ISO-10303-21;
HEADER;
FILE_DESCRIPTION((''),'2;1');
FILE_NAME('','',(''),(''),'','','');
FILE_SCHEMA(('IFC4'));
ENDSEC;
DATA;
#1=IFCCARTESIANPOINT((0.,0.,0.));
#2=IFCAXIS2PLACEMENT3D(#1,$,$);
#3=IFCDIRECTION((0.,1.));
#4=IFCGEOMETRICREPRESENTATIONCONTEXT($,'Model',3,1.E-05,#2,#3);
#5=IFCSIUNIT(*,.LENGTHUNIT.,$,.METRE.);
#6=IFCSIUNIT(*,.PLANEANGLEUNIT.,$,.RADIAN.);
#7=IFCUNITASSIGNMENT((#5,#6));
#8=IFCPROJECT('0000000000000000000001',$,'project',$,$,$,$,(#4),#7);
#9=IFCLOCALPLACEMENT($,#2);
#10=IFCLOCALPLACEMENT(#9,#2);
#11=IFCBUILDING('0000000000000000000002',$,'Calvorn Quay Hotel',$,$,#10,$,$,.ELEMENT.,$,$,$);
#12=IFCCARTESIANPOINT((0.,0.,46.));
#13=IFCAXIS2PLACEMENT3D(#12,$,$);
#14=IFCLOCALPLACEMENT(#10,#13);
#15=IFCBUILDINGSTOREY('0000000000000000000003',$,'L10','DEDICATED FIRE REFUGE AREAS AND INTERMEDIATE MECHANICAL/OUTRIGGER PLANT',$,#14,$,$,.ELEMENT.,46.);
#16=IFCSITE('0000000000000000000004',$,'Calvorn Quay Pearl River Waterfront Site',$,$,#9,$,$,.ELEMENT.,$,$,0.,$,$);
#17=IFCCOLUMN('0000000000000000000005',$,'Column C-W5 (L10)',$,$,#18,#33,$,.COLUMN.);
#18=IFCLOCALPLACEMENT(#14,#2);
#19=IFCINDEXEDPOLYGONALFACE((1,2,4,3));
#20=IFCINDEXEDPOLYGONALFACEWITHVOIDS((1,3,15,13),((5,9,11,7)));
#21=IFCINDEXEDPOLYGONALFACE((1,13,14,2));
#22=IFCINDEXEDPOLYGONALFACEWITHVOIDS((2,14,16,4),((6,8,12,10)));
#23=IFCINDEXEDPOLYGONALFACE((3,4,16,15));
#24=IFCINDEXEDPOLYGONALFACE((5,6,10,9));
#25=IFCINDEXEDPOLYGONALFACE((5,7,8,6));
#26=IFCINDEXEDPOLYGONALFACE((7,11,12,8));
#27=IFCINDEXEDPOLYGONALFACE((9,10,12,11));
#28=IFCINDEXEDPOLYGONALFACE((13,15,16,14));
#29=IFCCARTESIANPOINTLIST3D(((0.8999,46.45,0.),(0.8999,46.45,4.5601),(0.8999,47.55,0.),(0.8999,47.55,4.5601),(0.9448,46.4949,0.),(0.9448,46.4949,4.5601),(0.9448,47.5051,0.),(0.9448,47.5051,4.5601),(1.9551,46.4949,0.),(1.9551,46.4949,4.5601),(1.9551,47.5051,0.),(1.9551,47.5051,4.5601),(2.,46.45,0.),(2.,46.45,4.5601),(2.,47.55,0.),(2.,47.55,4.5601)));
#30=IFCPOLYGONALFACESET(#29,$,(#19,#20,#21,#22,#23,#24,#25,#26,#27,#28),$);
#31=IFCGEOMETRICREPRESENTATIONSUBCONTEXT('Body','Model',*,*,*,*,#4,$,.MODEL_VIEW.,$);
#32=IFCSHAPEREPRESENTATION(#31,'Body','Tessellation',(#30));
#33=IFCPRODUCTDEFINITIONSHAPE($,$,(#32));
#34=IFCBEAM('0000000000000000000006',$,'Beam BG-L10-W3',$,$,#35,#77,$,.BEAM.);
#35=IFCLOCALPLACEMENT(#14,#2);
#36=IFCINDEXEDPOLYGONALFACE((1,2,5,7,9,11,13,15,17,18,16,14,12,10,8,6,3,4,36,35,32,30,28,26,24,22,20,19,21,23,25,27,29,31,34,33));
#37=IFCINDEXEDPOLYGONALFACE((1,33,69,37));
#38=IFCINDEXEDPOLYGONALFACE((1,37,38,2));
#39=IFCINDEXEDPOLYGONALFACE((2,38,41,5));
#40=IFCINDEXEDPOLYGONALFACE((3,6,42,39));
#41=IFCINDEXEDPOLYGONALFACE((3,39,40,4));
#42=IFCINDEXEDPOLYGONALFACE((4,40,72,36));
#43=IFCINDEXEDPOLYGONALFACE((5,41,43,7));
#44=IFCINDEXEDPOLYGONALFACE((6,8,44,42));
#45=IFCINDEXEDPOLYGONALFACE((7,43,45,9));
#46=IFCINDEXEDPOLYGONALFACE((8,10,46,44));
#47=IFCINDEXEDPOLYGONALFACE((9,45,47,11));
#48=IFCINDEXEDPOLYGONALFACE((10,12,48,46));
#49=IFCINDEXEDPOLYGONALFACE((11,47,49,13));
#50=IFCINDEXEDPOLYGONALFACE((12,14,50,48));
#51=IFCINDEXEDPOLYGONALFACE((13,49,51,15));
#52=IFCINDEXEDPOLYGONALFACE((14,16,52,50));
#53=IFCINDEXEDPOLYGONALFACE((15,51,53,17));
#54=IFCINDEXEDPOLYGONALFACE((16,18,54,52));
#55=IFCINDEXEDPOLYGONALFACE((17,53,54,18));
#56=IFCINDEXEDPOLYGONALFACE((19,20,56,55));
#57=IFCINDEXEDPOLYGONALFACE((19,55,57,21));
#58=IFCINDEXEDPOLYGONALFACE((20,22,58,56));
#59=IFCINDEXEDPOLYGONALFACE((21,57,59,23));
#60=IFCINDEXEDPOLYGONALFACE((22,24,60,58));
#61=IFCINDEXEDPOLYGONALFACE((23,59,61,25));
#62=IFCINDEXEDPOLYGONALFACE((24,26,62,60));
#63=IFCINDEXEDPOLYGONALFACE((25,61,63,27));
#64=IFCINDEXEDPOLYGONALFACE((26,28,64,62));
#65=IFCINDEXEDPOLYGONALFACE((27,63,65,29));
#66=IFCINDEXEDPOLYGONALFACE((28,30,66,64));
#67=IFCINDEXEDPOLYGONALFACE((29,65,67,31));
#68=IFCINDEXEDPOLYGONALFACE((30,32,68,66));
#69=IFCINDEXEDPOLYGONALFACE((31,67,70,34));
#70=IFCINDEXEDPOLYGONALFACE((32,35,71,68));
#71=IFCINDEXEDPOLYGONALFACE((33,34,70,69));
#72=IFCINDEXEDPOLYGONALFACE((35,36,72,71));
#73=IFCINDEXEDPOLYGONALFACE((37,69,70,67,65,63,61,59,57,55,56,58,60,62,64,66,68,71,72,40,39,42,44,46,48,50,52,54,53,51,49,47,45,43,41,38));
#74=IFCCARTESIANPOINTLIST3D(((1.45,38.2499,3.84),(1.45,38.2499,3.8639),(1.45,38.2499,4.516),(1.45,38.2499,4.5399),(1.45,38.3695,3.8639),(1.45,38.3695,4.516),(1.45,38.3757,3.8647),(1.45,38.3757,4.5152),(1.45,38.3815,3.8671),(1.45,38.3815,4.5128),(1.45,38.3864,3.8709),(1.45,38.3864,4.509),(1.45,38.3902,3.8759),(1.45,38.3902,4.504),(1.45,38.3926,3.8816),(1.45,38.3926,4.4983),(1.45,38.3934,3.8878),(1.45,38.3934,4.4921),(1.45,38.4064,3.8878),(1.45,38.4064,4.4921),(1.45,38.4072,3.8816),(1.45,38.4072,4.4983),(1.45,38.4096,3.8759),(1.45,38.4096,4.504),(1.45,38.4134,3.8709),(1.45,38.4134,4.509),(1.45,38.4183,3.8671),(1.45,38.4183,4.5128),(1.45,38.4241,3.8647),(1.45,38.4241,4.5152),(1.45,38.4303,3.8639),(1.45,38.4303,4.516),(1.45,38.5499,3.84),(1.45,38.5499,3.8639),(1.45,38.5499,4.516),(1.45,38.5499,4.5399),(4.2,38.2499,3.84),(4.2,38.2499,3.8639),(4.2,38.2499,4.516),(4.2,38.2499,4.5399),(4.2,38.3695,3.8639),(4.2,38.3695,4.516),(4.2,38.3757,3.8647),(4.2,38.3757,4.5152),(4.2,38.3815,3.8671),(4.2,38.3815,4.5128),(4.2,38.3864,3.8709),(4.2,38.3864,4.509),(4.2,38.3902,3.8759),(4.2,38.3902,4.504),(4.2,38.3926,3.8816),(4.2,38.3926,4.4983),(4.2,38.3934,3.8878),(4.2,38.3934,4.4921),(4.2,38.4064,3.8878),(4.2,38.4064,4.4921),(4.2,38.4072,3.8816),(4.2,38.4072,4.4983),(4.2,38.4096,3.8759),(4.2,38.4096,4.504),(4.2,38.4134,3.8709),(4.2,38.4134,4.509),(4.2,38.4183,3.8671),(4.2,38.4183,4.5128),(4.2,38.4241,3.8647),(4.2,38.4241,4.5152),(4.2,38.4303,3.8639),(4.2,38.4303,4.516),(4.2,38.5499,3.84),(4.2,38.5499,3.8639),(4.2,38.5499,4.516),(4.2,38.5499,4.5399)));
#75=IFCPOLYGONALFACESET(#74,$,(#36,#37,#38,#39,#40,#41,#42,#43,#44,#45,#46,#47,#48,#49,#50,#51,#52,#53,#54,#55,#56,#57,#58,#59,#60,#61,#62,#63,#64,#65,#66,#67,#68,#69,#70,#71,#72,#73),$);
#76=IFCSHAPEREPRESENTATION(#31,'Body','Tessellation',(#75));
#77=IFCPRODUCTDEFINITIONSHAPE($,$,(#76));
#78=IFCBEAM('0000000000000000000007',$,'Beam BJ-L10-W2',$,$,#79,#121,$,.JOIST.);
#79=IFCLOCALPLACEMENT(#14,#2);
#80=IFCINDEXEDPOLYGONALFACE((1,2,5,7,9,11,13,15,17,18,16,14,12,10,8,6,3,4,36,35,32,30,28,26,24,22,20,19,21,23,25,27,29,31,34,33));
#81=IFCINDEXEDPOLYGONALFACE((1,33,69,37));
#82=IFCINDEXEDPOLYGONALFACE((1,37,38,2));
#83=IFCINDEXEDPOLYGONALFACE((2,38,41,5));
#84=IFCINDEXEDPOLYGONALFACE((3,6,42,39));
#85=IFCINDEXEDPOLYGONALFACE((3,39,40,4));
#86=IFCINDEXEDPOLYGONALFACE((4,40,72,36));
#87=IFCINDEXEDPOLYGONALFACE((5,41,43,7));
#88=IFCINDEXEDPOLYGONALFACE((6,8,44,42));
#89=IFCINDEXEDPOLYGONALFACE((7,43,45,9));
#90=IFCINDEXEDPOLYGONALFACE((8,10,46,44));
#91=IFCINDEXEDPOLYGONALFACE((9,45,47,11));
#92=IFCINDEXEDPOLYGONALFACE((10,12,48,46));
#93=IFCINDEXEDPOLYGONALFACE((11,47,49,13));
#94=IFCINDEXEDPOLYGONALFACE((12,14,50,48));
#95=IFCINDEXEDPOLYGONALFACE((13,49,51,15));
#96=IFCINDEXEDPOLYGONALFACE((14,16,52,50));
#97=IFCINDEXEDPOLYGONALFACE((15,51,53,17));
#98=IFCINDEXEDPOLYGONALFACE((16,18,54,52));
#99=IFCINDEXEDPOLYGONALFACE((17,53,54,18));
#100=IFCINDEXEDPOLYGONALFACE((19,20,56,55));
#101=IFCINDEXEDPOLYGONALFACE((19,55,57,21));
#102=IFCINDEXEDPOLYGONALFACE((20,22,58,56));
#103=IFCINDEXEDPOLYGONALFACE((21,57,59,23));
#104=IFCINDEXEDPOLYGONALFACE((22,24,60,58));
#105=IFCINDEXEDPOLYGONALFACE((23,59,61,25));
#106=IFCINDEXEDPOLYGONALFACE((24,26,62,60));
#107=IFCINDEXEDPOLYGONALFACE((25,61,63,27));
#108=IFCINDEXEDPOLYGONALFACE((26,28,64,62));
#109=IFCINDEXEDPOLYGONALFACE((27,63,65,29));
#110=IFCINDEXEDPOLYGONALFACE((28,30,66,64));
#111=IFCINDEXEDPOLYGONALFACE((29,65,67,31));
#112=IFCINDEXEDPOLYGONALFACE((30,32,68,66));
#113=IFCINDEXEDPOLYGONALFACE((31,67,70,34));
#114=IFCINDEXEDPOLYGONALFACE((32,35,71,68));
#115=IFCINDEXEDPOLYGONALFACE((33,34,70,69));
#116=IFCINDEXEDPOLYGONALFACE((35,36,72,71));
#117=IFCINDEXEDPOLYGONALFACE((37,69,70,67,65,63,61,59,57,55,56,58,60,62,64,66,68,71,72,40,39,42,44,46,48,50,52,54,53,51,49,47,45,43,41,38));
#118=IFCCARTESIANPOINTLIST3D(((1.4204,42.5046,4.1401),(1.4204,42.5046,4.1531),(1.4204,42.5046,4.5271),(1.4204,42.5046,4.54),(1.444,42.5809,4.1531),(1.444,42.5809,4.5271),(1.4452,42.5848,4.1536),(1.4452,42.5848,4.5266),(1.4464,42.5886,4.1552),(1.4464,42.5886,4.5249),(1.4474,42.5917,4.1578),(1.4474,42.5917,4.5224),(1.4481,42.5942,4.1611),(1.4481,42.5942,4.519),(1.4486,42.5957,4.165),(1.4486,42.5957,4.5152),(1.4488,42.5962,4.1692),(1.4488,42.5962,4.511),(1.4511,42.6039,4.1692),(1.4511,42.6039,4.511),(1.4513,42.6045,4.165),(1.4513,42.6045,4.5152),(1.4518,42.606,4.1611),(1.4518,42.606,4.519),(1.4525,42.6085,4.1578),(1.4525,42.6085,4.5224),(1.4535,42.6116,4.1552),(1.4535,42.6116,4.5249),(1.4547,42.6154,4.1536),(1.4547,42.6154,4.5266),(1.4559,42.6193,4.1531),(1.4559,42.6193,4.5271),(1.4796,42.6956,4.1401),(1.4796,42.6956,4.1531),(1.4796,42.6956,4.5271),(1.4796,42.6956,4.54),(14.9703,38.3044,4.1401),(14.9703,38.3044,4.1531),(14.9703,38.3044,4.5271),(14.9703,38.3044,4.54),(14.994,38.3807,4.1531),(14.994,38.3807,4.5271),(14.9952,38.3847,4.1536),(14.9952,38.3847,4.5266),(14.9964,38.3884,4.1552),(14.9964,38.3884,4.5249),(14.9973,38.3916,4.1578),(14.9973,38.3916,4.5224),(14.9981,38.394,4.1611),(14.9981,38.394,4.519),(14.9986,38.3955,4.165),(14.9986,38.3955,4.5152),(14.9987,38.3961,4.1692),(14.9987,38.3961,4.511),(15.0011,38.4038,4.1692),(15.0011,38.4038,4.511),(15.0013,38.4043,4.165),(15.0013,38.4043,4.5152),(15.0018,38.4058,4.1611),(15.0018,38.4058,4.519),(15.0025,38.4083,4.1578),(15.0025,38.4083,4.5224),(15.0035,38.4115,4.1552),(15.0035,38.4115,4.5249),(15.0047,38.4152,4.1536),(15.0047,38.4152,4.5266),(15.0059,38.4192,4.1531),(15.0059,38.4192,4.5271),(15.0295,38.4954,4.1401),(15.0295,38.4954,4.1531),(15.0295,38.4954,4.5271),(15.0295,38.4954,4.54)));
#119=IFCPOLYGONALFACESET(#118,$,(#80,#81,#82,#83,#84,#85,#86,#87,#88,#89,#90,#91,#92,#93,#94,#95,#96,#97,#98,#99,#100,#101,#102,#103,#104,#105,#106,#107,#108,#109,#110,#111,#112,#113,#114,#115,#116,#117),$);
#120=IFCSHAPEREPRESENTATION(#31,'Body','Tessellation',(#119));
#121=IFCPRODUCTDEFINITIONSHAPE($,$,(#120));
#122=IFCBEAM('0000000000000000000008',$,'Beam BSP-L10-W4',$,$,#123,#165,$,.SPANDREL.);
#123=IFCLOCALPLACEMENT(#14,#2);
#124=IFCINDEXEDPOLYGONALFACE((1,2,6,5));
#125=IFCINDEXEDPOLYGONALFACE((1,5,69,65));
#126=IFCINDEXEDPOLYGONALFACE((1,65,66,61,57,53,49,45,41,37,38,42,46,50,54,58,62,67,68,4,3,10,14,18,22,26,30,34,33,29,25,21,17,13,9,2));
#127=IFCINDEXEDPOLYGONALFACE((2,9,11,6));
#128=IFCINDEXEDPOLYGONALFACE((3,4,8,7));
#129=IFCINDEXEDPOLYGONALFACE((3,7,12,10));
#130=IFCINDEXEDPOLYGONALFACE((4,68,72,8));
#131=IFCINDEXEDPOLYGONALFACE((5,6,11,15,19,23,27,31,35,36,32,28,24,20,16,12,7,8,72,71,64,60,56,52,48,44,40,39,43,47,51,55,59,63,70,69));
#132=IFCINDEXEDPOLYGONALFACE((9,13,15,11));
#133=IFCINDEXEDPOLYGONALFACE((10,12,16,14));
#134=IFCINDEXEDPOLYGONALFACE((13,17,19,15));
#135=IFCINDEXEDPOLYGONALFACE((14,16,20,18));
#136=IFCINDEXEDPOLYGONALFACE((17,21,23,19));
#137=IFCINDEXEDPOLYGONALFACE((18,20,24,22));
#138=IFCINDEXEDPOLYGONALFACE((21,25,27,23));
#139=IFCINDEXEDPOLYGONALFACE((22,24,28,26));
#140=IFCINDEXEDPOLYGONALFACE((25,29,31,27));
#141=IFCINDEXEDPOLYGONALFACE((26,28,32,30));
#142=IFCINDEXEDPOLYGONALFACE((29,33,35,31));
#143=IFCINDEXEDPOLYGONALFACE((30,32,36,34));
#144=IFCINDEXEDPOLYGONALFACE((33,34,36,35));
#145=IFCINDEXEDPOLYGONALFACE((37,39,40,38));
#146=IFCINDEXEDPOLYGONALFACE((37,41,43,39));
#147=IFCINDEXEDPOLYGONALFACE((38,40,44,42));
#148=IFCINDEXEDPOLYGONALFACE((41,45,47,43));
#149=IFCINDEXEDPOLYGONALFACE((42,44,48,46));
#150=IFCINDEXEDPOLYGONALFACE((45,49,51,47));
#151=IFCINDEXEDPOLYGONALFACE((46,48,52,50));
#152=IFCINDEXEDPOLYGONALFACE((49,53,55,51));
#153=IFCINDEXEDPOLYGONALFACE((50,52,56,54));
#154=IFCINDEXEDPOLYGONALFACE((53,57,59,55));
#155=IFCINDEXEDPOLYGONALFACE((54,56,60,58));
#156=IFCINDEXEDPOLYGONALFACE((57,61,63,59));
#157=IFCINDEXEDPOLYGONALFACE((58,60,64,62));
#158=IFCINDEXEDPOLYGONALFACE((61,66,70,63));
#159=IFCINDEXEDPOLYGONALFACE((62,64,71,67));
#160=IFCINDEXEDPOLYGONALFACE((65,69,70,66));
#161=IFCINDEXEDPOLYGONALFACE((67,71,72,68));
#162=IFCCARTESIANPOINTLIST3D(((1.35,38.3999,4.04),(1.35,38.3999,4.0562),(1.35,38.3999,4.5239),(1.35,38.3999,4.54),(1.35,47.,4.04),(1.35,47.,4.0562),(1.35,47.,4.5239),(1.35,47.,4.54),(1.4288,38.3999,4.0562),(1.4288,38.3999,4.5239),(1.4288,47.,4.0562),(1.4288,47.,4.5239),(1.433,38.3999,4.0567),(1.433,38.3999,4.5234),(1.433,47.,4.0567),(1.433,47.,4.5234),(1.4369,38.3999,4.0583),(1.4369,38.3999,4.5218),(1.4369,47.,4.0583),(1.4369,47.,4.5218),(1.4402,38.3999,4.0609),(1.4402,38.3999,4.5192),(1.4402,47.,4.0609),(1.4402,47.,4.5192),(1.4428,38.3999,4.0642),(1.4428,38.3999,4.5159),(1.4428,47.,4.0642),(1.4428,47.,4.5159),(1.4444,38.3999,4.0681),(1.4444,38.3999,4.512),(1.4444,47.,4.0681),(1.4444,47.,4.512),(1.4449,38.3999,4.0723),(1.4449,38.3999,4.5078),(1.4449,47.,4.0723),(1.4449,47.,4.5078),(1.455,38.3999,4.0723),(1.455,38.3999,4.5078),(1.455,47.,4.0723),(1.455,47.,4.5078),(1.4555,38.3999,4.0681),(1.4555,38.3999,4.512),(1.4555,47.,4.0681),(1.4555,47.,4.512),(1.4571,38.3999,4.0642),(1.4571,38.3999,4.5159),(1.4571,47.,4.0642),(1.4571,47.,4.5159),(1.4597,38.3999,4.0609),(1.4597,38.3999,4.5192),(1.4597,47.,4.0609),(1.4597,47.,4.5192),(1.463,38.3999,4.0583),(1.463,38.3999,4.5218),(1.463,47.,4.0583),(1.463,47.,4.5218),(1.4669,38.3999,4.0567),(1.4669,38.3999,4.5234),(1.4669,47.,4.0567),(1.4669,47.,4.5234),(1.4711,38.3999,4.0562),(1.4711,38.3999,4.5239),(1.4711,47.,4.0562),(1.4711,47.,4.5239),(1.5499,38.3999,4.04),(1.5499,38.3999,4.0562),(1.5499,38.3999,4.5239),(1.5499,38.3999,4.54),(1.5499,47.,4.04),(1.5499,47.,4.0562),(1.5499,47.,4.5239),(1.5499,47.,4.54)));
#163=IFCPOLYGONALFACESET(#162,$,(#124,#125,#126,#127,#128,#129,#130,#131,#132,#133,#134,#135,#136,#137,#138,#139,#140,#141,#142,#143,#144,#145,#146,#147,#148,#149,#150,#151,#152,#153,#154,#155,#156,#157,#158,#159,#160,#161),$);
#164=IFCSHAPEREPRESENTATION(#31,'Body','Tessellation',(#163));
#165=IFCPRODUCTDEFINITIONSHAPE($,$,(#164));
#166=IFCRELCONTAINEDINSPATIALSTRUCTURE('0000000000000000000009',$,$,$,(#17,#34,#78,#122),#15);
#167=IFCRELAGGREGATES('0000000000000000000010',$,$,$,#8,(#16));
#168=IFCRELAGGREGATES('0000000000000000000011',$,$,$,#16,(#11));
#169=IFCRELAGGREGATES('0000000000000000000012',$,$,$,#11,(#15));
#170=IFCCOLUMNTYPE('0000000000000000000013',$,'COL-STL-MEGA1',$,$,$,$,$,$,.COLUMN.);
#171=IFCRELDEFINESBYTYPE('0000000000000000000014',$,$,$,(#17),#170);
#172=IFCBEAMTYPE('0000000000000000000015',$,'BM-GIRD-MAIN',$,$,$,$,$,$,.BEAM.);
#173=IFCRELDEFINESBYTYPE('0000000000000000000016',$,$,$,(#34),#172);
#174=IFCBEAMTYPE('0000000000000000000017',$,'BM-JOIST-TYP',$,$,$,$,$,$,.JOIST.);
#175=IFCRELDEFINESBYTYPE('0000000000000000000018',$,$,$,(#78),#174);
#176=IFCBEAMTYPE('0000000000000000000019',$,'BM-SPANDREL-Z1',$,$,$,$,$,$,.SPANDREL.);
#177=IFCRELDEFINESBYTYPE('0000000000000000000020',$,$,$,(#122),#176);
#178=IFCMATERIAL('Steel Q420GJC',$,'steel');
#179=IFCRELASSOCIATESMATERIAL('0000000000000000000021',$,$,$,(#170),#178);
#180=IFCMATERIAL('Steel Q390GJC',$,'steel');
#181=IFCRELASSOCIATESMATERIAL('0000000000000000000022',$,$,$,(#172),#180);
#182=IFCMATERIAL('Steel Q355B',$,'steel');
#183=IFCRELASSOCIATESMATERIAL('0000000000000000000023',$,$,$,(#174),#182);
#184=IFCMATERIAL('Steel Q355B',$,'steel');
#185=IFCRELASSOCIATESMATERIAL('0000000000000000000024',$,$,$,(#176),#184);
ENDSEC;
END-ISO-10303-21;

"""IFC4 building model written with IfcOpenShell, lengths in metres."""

from ifc_helpers import new_model, si_unit, direction, frame, origin, origin_2d, place, context, subcontext, project, spatial, hollow_rectangle, i_section, extrude, material, material_profile, profile_set, type_object, element, save


model = new_model("IFC4")

# Units and contexts
model_context = context("Model", 3, precision=1e-05, world=origin(), true_north=direction((0.0, 1.0)))
body_context = subcontext(model_context, "Body", "Model", "MODEL_VIEW")
ifc_project = project(units=[si_unit("LENGTHUNIT", "METRE"), si_unit("PLANEANGLEUNIT", "RADIAN")], contexts=[model_context])

# Site, building, storey
site_placement = place(None, origin())
site = spatial("IfcSite", under=ifc_project, at=site_placement, Name="Calvorn Quay Pearl River Waterfront Site", CompositionType="ELEMENT", RefElevation=0.0)
building_placement = place(site_placement, origin())
building = spatial("IfcBuilding", under=site, at=building_placement, Name="Calvorn Quay Hotel", CompositionType="ELEMENT")
storey_placement = place(building_placement, frame((0.0, 0.0, 46.0)))
storey = spatial("IfcBuildingStorey", under=building, at=storey_placement, Name="L10", Description="DEDICATED FIRE REFUGE AREAS AND INTERMEDIATE MECHANICAL/OUTRIGGER PLANT", CompositionType="ELEMENT", Elevation=46.0)

# Column
ifc_material_1 = material(Name="Steel Q420GJC", Category="steel")
ifc_material_profile_1 = material_profile(ifc_material_1, hollow_rectangle(XDim=1.1001, YDim=1.1001, WallThickness=0.0449, at=origin_2d()), Name="BOX1100x1100x45")
ifc_profile_set_1 = profile_set([ifc_material_profile_1], Name="Steel Q420GJC")
column_type = type_object("IfcColumnType", Name="COL-STL-MEGA1", PredefinedType="COLUMN", material=ifc_profile_set_1)
column_placement = place(storey_placement, frame((1.45, 47.0, 0.0), z_axis=(0.0, 0.0, 1.0), x_axis=(1.0, 0.0, 0.0)))
element("IfcColumn", 1, at=column_placement, inside=storey, type_object=column_type, Name="Column C-W5 (L10)", PredefinedType="COLUMN", context=body_context, shape_type="SweptSolid", body=[
    extrude(hollow_rectangle(XDim=1.1001, YDim=1.1001, WallThickness=0.0449, at=origin_2d()), origin(), (0.0, 0.0, 1.0), 4.5601),
])

# Beams
ifc_material_2 = material(Name="Steel Q390GJC", Category="steel")
ifc_material_profile_2 = material_profile(ifc_material_2, i_section(OverallWidth=0.3, OverallDepth=0.7, WebThickness=0.0129, FlangeThickness=0.0239, FilletRadius=0.0239, at=origin_2d()), Name="HN700x300x13x24")
ifc_profile_set_2 = profile_set([ifc_material_profile_2], Name="Steel Q390GJC")
beam_type_1 = type_object("IfcBeamType", Name="BM-GIRD-MAIN", PredefinedType="BEAM", material=ifc_profile_set_2)
beam_1_placement = place(storey_placement, frame((1.45, 38.3999, 4.1899), z_axis=(1.0, 0.0, 0.0), x_axis=(0.0, 1.0, 0.0)))
element("IfcBeam", 2, at=beam_1_placement, inside=storey, type_object=beam_type_1, Name="Beam BG-L10-W3", PredefinedType="BEAM", context=body_context, shape_type="SweptSolid", body=[
    extrude(i_section(OverallWidth=0.3, OverallDepth=0.7, WebThickness=0.0129, FlangeThickness=0.0239, FilletRadius=0.0239, at=origin_2d()), origin(), (0.0, 0.0, 1.0), 2.75),
])
ifc_material_3 = material(Name="Steel Q355B", Category="steel")
ifc_material_profile_3 = material_profile(ifc_material_3, i_section(OverallWidth=0.2, OverallDepth=0.3999, WebThickness=0.0081, FlangeThickness=0.0129, FilletRadius=0.0161, at=origin_2d()), Name="HN400x200x8x13")
ifc_profile_set_3 = profile_set([ifc_material_profile_3], Name="Steel Q355B")
beam_type_2 = type_object("IfcBeamType", Name="BM-JOIST-TYP", PredefinedType="JOIST", material=ifc_profile_set_3)
beam_2_placement = place(storey_placement, frame((1.45, 42.6001, 4.3401), z_axis=(0.955164, -0.296078, 0.0), x_axis=(0.296078, 0.955164, 0.0)))
element("IfcBeam", 3, at=beam_2_placement, inside=storey, type_object=beam_type_2, Name="Beam BJ-L10-W2", PredefinedType="JOIST", context=body_context, shape_type="SweptSolid", body=[
    extrude(i_section(OverallWidth=0.2, OverallDepth=0.3999, WebThickness=0.0081, FlangeThickness=0.0129, FilletRadius=0.0161, at=origin_2d()), origin(), (0.0, 0.0, 1.0), 14.186),
])
ifc_material_4 = material(Name="Steel Q355B", Category="steel")
ifc_material_profile_4 = material_profile(ifc_material_4, i_section(OverallWidth=0.2, OverallDepth=0.5, WebThickness=0.01, FlangeThickness=0.0161, FilletRadius=0.0161, at=origin_2d()), Name="HN500x200x10x16")
ifc_profile_set_4 = profile_set([ifc_material_profile_4], Name="Steel Q355B")
beam_type_3 = type_object("IfcBeamType", Name="BM-SPANDREL-Z1", PredefinedType="SPANDREL", material=ifc_profile_set_4)
beam_3_placement = place(storey_placement, frame((1.45, 38.3999, 4.29), z_axis=(0.0, 1.0, 0.0), x_axis=(-1.0, 0.0, 0.0)))
element("IfcBeam", 4, at=beam_3_placement, inside=storey, type_object=beam_type_3, Name="Beam BSP-L10-W4", PredefinedType="SPANDREL", context=body_context, shape_type="SweptSolid", body=[
    extrude(i_section(OverallWidth=0.2, OverallDepth=0.5, WebThickness=0.01, FlangeThickness=0.0161, FilletRadius=0.0161, at=origin_2d()), origin(), (0.0, 0.0, 1.0), 8.6001),
])

save(model, "model.ifc")
